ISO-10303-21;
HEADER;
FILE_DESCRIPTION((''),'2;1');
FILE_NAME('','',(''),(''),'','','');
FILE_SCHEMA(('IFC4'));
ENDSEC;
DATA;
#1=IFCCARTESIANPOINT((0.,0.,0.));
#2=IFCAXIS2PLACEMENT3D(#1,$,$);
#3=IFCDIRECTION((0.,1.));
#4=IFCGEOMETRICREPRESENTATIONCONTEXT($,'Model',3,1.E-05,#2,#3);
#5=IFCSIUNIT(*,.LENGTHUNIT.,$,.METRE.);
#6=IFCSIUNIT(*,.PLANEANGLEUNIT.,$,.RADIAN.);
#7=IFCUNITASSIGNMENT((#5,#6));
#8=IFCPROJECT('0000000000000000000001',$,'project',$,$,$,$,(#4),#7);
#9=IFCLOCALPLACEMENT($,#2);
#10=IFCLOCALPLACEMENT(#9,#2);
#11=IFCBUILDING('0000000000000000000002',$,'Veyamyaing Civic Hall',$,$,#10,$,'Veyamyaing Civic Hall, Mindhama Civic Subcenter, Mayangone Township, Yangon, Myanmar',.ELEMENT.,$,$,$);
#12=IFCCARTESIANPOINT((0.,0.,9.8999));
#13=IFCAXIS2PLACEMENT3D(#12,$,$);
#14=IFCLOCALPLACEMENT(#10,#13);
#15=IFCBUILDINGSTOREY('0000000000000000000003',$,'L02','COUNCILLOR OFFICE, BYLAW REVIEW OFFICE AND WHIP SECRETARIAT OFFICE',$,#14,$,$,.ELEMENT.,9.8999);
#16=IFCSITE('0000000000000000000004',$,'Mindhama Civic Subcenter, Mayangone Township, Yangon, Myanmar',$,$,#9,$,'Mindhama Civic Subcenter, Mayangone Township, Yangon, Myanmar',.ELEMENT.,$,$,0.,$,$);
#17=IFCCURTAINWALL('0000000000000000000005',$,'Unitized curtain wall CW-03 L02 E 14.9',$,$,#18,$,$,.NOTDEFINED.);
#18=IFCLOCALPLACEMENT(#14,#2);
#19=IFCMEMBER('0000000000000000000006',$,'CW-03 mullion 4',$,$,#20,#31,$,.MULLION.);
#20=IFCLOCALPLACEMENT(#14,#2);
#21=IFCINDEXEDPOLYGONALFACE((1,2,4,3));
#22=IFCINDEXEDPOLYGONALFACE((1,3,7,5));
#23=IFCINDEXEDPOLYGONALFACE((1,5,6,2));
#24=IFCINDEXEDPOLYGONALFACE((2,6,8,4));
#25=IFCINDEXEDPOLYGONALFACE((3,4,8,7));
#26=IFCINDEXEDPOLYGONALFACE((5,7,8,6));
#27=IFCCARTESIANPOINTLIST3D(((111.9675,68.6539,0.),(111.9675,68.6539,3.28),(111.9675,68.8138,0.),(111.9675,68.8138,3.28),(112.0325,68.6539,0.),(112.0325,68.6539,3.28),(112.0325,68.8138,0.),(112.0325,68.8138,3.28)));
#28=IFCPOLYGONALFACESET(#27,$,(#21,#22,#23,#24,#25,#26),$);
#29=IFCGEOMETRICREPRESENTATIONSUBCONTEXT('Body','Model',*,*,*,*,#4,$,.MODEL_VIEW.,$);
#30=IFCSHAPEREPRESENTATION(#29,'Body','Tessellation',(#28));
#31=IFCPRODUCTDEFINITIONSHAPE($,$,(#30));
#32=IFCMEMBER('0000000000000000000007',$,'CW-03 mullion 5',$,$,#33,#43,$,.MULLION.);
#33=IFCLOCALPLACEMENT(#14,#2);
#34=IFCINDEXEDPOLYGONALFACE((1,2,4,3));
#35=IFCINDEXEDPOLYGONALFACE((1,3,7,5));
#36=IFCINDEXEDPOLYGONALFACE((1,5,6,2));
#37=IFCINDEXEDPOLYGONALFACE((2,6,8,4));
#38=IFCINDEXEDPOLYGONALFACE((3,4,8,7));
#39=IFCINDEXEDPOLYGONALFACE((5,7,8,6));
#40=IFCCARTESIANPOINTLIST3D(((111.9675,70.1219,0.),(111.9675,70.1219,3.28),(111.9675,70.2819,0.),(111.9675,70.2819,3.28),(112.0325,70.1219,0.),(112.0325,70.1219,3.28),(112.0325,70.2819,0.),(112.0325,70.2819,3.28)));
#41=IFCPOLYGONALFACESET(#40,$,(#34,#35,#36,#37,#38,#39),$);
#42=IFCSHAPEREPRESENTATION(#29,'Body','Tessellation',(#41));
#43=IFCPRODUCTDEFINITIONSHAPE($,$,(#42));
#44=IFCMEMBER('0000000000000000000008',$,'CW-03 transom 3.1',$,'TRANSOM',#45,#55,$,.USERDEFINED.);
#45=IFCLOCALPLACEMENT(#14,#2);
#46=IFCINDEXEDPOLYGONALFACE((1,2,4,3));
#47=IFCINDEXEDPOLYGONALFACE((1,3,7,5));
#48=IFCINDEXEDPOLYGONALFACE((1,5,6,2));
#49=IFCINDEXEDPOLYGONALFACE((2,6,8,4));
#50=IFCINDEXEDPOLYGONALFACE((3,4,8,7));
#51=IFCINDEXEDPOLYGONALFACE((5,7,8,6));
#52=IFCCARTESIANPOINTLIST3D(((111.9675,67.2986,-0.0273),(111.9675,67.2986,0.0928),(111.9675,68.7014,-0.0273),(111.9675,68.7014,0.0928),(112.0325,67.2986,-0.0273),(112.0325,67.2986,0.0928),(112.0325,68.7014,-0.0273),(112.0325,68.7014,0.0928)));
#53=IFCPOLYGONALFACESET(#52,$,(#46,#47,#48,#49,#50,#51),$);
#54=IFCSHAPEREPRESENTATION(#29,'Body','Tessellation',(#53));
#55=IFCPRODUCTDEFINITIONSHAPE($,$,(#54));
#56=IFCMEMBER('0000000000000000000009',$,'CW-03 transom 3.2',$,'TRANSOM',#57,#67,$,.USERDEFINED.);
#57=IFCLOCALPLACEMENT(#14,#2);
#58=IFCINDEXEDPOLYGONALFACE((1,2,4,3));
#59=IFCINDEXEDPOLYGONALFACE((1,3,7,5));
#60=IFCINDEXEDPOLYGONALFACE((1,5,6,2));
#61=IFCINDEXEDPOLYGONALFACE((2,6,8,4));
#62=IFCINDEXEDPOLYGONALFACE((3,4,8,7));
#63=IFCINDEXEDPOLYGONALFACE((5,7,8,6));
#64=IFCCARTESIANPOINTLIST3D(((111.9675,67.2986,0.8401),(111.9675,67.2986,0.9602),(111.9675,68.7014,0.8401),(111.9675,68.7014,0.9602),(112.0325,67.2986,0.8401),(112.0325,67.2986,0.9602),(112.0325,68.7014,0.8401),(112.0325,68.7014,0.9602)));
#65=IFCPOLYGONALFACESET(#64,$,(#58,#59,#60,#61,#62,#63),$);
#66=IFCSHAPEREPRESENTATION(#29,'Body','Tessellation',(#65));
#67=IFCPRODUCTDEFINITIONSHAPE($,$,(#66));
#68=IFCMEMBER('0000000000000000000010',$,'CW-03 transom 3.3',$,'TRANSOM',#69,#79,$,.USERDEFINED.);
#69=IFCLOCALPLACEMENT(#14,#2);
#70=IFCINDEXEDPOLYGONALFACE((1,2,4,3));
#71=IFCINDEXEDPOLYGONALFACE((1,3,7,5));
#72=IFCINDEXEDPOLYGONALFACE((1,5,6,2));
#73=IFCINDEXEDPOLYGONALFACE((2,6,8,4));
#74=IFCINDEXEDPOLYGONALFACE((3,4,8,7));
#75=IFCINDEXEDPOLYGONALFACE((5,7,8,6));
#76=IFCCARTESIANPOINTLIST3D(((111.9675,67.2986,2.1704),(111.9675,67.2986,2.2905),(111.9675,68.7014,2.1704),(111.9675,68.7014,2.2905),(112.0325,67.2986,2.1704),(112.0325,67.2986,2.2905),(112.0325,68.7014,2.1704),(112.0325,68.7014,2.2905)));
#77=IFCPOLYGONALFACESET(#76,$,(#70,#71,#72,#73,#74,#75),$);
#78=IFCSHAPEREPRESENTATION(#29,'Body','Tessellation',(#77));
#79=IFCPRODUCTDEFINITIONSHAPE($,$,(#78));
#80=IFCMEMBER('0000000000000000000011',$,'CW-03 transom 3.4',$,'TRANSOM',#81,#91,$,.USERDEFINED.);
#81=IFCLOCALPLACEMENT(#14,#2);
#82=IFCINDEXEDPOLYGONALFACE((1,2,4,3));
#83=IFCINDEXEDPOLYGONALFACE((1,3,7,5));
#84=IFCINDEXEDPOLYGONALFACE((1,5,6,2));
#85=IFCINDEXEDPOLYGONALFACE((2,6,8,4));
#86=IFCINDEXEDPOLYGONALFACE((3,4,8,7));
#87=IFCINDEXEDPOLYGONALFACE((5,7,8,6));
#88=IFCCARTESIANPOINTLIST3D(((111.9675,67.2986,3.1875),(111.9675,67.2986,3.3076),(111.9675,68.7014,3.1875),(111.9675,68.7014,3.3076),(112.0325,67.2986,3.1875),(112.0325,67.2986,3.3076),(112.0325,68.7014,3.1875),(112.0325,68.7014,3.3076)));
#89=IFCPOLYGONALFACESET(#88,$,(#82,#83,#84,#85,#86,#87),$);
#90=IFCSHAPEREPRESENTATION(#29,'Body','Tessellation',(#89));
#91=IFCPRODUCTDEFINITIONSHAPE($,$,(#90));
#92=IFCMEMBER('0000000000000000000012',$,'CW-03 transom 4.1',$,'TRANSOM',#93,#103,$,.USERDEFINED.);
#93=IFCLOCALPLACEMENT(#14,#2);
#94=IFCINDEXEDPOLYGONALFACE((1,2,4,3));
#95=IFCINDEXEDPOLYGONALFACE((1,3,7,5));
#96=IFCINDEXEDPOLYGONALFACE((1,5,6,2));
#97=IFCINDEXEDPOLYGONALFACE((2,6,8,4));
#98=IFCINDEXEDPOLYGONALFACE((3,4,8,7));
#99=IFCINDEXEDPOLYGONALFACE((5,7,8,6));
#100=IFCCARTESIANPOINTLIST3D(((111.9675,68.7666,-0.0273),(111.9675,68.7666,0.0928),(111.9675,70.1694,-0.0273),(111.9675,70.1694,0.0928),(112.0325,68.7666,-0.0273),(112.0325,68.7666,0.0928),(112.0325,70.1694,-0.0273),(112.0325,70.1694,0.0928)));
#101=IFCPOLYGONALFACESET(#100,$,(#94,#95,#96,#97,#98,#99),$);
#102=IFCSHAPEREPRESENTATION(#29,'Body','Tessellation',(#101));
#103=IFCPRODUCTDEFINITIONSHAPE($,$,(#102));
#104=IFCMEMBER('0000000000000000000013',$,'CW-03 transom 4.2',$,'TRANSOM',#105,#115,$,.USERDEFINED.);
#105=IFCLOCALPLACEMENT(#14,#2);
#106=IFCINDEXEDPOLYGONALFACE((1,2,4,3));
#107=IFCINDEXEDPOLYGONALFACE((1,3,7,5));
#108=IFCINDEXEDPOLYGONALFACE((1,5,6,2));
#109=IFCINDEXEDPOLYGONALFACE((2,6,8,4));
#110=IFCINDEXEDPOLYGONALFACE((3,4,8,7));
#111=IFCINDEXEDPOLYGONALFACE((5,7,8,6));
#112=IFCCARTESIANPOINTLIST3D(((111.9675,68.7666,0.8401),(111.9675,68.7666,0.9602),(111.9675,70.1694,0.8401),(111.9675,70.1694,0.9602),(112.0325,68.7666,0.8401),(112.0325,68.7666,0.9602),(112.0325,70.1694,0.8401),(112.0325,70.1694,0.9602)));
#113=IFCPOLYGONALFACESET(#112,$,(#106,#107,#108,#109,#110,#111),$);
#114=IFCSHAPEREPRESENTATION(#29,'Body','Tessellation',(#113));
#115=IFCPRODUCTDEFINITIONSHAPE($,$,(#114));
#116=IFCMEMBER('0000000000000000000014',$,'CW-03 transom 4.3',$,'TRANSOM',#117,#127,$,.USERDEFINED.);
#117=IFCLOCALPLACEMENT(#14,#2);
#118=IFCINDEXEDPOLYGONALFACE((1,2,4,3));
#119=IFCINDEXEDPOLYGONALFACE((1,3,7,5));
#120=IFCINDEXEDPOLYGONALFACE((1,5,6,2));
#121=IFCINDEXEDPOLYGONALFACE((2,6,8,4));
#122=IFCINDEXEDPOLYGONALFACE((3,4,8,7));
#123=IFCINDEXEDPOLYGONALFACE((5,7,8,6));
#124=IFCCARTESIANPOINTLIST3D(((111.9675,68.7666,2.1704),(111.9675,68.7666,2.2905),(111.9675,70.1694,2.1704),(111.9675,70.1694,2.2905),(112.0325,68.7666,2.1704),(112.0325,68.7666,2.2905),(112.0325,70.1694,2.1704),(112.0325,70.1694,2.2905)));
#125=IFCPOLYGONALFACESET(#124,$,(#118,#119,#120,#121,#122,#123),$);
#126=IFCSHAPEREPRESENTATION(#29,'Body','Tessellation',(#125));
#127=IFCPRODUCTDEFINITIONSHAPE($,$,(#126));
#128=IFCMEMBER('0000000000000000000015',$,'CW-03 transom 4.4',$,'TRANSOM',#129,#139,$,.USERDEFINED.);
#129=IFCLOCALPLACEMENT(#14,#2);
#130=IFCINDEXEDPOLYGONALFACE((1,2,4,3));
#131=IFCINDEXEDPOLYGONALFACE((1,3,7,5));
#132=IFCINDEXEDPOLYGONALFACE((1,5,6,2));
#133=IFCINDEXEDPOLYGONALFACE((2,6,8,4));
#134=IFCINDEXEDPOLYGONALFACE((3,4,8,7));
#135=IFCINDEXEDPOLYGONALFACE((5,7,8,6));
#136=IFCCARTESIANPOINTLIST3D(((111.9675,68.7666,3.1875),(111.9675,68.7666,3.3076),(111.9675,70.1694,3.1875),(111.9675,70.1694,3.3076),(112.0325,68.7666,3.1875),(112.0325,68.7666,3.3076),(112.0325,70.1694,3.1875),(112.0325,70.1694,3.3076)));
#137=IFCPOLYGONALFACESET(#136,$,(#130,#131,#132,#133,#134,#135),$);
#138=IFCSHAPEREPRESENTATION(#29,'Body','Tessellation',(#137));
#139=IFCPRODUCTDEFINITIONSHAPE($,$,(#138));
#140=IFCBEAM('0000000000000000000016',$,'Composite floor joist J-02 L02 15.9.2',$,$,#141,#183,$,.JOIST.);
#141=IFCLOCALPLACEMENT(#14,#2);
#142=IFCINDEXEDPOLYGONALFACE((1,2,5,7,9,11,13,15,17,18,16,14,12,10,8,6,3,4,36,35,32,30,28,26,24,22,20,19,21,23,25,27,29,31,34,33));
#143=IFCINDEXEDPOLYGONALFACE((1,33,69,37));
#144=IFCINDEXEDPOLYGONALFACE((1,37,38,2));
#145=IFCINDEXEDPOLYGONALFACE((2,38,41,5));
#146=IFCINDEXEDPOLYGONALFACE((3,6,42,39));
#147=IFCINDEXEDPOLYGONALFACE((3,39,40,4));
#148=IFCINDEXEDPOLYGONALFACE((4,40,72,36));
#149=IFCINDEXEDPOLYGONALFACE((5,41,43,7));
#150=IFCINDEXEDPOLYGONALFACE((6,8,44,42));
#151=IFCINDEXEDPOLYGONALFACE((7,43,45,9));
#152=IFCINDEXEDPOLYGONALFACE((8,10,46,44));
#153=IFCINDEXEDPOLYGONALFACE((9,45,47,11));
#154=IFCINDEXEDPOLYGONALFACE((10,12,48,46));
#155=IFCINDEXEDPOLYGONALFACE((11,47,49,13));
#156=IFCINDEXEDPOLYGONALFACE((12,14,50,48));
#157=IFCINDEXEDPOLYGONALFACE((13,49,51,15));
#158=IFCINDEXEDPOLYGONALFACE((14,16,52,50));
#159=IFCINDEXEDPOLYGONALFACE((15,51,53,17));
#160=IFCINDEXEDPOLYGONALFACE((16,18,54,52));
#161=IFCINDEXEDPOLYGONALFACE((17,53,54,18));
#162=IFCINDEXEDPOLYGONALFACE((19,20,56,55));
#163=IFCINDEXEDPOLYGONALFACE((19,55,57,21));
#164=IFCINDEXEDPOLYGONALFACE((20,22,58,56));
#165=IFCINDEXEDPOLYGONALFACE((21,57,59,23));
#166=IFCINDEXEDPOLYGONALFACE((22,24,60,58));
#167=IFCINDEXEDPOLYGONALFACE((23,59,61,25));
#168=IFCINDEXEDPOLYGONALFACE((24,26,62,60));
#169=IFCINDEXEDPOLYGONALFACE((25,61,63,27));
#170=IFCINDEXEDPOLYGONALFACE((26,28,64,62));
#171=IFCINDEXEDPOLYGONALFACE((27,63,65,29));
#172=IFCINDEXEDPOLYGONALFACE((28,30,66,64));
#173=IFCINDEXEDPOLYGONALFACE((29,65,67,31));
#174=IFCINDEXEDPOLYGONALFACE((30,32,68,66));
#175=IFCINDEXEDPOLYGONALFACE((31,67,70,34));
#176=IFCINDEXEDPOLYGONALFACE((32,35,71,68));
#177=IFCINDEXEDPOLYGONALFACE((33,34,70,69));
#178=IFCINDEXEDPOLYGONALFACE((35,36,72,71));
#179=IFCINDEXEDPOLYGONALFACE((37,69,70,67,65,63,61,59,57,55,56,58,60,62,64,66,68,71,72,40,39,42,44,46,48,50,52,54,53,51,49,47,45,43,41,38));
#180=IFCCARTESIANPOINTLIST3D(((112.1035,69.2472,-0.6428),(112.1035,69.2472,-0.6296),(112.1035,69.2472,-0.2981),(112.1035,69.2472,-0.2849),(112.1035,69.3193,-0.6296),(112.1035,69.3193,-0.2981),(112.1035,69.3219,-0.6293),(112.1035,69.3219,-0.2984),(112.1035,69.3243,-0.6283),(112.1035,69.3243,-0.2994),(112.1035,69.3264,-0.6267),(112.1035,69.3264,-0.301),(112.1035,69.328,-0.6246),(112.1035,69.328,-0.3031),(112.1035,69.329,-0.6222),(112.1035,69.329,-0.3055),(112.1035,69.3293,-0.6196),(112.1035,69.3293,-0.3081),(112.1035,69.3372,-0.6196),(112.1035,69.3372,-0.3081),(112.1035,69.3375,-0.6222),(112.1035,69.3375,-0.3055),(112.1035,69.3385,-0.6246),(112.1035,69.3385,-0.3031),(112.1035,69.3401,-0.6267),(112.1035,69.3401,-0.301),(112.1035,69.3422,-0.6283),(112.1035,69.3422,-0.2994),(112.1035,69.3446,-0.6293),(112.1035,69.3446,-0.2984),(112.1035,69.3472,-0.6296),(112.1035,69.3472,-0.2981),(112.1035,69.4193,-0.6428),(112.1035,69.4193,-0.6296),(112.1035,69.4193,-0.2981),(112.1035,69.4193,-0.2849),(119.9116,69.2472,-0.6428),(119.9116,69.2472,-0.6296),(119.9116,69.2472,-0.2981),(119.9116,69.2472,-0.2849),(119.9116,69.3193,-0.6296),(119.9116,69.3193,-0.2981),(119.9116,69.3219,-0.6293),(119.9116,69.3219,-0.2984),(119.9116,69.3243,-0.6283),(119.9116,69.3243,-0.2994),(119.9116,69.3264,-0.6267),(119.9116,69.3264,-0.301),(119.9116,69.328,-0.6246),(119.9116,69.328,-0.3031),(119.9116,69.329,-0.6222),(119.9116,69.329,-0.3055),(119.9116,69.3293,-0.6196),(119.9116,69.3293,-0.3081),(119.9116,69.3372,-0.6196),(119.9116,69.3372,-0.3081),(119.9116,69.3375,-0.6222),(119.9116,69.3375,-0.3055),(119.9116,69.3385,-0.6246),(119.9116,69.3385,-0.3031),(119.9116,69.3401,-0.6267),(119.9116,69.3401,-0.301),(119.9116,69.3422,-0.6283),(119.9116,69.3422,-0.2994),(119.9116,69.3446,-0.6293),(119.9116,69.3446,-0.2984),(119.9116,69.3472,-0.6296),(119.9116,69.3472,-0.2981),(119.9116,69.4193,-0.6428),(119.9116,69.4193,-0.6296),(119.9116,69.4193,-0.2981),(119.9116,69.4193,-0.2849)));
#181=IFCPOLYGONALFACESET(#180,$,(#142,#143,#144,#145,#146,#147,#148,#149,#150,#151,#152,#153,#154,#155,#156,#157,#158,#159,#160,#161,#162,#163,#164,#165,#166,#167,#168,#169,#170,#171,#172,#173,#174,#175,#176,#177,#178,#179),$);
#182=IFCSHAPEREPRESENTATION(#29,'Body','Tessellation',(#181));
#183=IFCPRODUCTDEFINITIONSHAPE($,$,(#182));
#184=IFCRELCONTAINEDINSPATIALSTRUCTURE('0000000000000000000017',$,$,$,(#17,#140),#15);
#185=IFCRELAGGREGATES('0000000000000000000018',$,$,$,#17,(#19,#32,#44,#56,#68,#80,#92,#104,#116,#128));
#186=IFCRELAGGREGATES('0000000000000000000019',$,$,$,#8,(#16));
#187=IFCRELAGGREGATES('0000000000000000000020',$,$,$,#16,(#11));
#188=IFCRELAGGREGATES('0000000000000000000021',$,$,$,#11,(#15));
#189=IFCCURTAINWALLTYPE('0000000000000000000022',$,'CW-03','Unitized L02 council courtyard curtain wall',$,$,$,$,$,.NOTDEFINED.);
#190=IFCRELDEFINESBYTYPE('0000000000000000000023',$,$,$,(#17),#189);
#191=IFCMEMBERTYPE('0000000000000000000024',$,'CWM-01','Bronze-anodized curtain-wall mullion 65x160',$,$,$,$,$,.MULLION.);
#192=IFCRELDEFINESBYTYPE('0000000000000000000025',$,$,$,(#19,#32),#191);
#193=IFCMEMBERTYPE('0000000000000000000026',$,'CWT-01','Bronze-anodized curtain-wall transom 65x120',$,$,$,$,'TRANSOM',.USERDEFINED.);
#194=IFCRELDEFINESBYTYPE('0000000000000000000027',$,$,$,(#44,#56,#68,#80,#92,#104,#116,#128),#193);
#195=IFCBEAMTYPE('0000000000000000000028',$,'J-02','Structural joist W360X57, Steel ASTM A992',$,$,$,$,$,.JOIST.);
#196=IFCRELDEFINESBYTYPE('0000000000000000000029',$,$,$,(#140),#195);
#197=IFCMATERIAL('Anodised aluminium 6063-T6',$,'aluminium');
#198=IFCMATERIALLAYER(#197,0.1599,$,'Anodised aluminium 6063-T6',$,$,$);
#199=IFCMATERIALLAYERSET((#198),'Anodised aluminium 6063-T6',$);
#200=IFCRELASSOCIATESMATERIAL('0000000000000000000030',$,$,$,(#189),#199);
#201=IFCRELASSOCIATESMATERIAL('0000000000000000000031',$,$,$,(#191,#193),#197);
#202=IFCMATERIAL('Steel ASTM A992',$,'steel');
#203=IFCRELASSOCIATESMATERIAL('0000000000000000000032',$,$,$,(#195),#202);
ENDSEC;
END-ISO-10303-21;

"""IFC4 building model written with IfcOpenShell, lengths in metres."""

from ifc_helpers import new_model, si_unit, direction, frame, origin, origin_2d, place, context, subcontext, project, spatial, rectangle, i_section, extrude, material, layer, layer_set, material_profile, profile_set, type_object, element, aggregate, save


model = new_model("IFC4")

# Units and contexts
model_context = context("Model", 3, precision=1e-05, world=origin(), true_north=direction((0.0, 1.0)))
body_context = subcontext(model_context, "Body", "Model", "MODEL_VIEW")
ifc_project = project(units=[si_unit("LENGTHUNIT", "METRE"), si_unit("PLANEANGLEUNIT", "RADIAN")], contexts=[model_context])

# Site, building, storey
site_placement = place(None, origin())
site = spatial("IfcSite", under=ifc_project, at=site_placement, Name="Mindhama Civic Subcenter, Mayangone Township, Yangon, Myanmar", LongName="Mindhama Civic Subcenter, Mayangone Township, Yangon, Myanmar", CompositionType="ELEMENT", RefElevation=0.0)
building_placement = place(site_placement, origin())
building = spatial("IfcBuilding", under=site, at=building_placement, Name="Veyamyaing Civic Hall", LongName="Veyamyaing Civic Hall, Mindhama Civic Subcenter, Mayangone Township, Yangon, Myanmar", CompositionType="ELEMENT")
storey_placement = place(building_placement, frame((0.0, 0.0, 9.8999)))
storey = spatial("IfcBuildingStorey", under=building, at=storey_placement, Name="L02", Description="COUNCILLOR OFFICE, BYLAW REVIEW OFFICE AND WHIP SECRETARIAT OFFICE", CompositionType="ELEMENT", Elevation=9.8999)

# Curtain wall, members
ifc_material_1 = material(Name="Anodised aluminium 6063-T6", Category="aluminium")
ifc_layer_1 = layer(ifc_material_1, 0.1599, Name="Anodised aluminium 6063-T6")
ifc_layer_set_1 = layer_set([ifc_layer_1], Name="Anodised aluminium 6063-T6")
curtain_wall_type = type_object("IfcCurtainWallType", Name="CW-03", Description="Unitized L02 council courtyard curtain wall", PredefinedType="NOTDEFINED", material=ifc_layer_set_1)
curtain_wall_placement = place(storey_placement, origin())
curtain_wall = element("IfcCurtainWall", 1, at=curtain_wall_placement, inside=storey, type_object=curtain_wall_type, Name="Unitized curtain wall CW-03 L02 E 14.9", PredefinedType="NOTDEFINED")
ifc_material_profile_1 = material_profile(ifc_material_1, rectangle(XDim=0.0649, YDim=0.1599, at=origin_2d()), Name="ALU-MUL-65X160")
ifc_profile_set_1 = profile_set([ifc_material_profile_1], Name="Anodised aluminium 6063-T6")
member_type_1 = type_object("IfcMemberType", Name="CWM-01", Description="Bronze-anodized curtain-wall mullion 65x160", PredefinedType="MULLION", material=ifc_profile_set_1)
member_1_placement = place(storey_placement, frame((112.0, 68.7339, 0.0), z_axis=(0.0, 0.0, 1.0), x_axis=(-1.0, 0.0, 0.0)))
member_1 = element("IfcMember", 2, at=member_1_placement, type_object=member_type_1, Name="CW-03 mullion 4", PredefinedType="MULLION", context=body_context, shape_type="SweptSolid", body=[
    extrude(rectangle(XDim=0.0649, YDim=0.1599, at=origin_2d()), origin(), (0.0, 0.0, 1.0), 3.28),
])
member_2_placement = place(storey_placement, frame((112.0, 70.2019, 0.0), z_axis=(0.0, 0.0, 1.0), x_axis=(-1.0, 0.0, 0.0)))
member_2 = element("IfcMember", 3, at=member_2_placement, type_object=member_type_1, Name="CW-03 mullion 5", PredefinedType="MULLION", context=body_context, shape_type="SweptSolid", body=[
    extrude(rectangle(XDim=0.0649, YDim=0.1599, at=origin_2d()), origin(), (0.0, 0.0, 1.0), 3.28),
])
ifc_material_profile_2 = material_profile(ifc_material_1, rectangle(XDim=0.0649, YDim=0.1201, at=origin_2d()), Name="ALU-TRN-65X120")
ifc_profile_set_2 = profile_set([ifc_material_profile_2], Name="Anodised aluminium 6063-T6")
member_type_2 = type_object("IfcMemberType", Name="CWT-01", Description="Bronze-anodized curtain-wall transom 65x120", ElementType="TRANSOM", PredefinedType="USERDEFINED", material=ifc_profile_set_2)
member_3_placement = place(storey_placement, frame((112.0, 67.2986, 0.0327), z_axis=(0.0, 1.0, 0.0), x_axis=(-1.0, 0.0, 0.0)))
member_3 = element("IfcMember", 4, at=member_3_placement, type_object=member_type_2, Name="CW-03 transom 3.1", ObjectType="TRANSOM", PredefinedType="USERDEFINED", context=body_context, shape_type="SweptSolid", body=[
    extrude(rectangle(XDim=0.0649, YDim=0.1201, at=origin_2d()), origin(), (0.0, 0.0, 1.0), 1.4028),
])
member_4_placement = place(storey_placement, frame((112.0, 67.2986, 0.9001), z_axis=(0.0, 1.0, 0.0), x_axis=(-1.0, 0.0, 0.0)))
member_4 = element("IfcMember", 5, at=member_4_placement, type_object=member_type_2, Name="CW-03 transom 3.2", ObjectType="TRANSOM", PredefinedType="USERDEFINED", context=body_context, shape_type="SweptSolid", body=[
    extrude(rectangle(XDim=0.0649, YDim=0.1201, at=origin_2d()), origin(), (0.0, 0.0, 1.0), 1.4028),
])
member_5_placement = place(storey_placement, frame((112.0, 67.2986, 2.2305), z_axis=(0.0, 1.0, 0.0), x_axis=(-1.0, 0.0, 0.0)))
member_5 = element("IfcMember", 6, at=member_5_placement, type_object=member_type_2, Name="CW-03 transom 3.3", ObjectType="TRANSOM", PredefinedType="USERDEFINED", context=body_context, shape_type="SweptSolid", body=[
    extrude(rectangle(XDim=0.0649, YDim=0.1201, at=origin_2d()), origin(), (0.0, 0.0, 1.0), 1.4028),
])
member_6_placement = place(storey_placement, frame((112.0, 67.2986, 3.2476), z_axis=(0.0, 1.0, 0.0), x_axis=(-1.0, 0.0, 0.0)))
member_6 = element("IfcMember", 7, at=member_6_placement, type_object=member_type_2, Name="CW-03 transom 3.4", ObjectType="TRANSOM", PredefinedType="USERDEFINED", context=body_context, shape_type="SweptSolid", body=[
    extrude(rectangle(XDim=0.0649, YDim=0.1201, at=origin_2d()), origin(), (0.0, 0.0, 1.0), 1.4028),
])
member_7_placement = place(storey_placement, frame((112.0, 68.7666, 0.0327), z_axis=(0.0, 1.0, 0.0), x_axis=(-1.0, 0.0, 0.0)))
member_7 = element("IfcMember", 8, at=member_7_placement, type_object=member_type_2, Name="CW-03 transom 4.1", ObjectType="TRANSOM", PredefinedType="USERDEFINED", context=body_context, shape_type="SweptSolid", body=[
    extrude(rectangle(XDim=0.0649, YDim=0.1201, at=origin_2d()), origin(), (0.0, 0.0, 1.0), 1.4028),
])
member_8_placement = place(storey_placement, frame((112.0, 68.7666, 0.9001), z_axis=(0.0, 1.0, 0.0), x_axis=(-1.0, 0.0, 0.0)))
member_8 = element("IfcMember", 9, at=member_8_placement, type_object=member_type_2, Name="CW-03 transom 4.2", ObjectType="TRANSOM", PredefinedType="USERDEFINED", context=body_context, shape_type="SweptSolid", body=[
    extrude(rectangle(XDim=0.0649, YDim=0.1201, at=origin_2d()), origin(), (0.0, 0.0, 1.0), 1.4028),
])
member_9_placement = place(storey_placement, frame((112.0, 68.7666, 2.2305), z_axis=(0.0, 1.0, 0.0), x_axis=(-1.0, 0.0, 0.0)))
member_9 = element("IfcMember", 10, at=member_9_placement, type_object=member_type_2, Name="CW-03 transom 4.3", ObjectType="TRANSOM", PredefinedType="USERDEFINED", context=body_context, shape_type="SweptSolid", body=[
    extrude(rectangle(XDim=0.0649, YDim=0.1201, at=origin_2d()), origin(), (0.0, 0.0, 1.0), 1.4028),
])
member_10_placement = place(storey_placement, frame((112.0, 68.7666, 3.2476), z_axis=(0.0, 1.0, 0.0), x_axis=(-1.0, 0.0, 0.0)))
member_10 = element("IfcMember", 11, at=member_10_placement, type_object=member_type_2, Name="CW-03 transom 4.4", ObjectType="TRANSOM", PredefinedType="USERDEFINED", context=body_context, shape_type="SweptSolid", body=[
    extrude(rectangle(XDim=0.0649, YDim=0.1201, at=origin_2d()), origin(), (0.0, 0.0, 1.0), 1.4028),
])

# Beam
ifc_material_2 = material(Name="Steel ASTM A992", Category="steel")
ifc_material_profile_3 = material_profile(ifc_material_2, i_section(OverallWidth=0.1721, OverallDepth=0.3579, WebThickness=0.0078, FlangeThickness=0.0132, FilletRadius=0.01, at=origin_2d()), Name="W360X57")
ifc_profile_set_3 = profile_set([ifc_material_profile_3], Name="Steel ASTM A992")
beam_type = type_object("IfcBeamType", Name="J-02", Description="Structural joist W360X57, Steel ASTM A992", PredefinedType="JOIST", material=ifc_profile_set_3)
beam_placement = place(storey_placement, frame((112.1035, 69.3333, -0.4639), z_axis=(1.0, 0.0, 0.0), x_axis=(0.0, 1.0, 0.0)))
element("IfcBeam", 12, at=beam_placement, inside=storey, type_object=beam_type, Name="Composite floor joist J-02 L02 15.9.2", PredefinedType="JOIST", context=body_context, shape_type="SweptSolid", body=[
    extrude(i_section(OverallWidth=0.1721, OverallDepth=0.3579, WebThickness=0.0078, FlangeThickness=0.0132, FilletRadius=0.01, at=origin_2d()), origin(), (0.0, 0.0, 1.0), 7.8081),
])

aggregate(curtain_wall, [member_1, member_2, member_3, member_4, member_5, member_6, member_7, member_8, member_9, member_10])

save(model, "model.ifc")
